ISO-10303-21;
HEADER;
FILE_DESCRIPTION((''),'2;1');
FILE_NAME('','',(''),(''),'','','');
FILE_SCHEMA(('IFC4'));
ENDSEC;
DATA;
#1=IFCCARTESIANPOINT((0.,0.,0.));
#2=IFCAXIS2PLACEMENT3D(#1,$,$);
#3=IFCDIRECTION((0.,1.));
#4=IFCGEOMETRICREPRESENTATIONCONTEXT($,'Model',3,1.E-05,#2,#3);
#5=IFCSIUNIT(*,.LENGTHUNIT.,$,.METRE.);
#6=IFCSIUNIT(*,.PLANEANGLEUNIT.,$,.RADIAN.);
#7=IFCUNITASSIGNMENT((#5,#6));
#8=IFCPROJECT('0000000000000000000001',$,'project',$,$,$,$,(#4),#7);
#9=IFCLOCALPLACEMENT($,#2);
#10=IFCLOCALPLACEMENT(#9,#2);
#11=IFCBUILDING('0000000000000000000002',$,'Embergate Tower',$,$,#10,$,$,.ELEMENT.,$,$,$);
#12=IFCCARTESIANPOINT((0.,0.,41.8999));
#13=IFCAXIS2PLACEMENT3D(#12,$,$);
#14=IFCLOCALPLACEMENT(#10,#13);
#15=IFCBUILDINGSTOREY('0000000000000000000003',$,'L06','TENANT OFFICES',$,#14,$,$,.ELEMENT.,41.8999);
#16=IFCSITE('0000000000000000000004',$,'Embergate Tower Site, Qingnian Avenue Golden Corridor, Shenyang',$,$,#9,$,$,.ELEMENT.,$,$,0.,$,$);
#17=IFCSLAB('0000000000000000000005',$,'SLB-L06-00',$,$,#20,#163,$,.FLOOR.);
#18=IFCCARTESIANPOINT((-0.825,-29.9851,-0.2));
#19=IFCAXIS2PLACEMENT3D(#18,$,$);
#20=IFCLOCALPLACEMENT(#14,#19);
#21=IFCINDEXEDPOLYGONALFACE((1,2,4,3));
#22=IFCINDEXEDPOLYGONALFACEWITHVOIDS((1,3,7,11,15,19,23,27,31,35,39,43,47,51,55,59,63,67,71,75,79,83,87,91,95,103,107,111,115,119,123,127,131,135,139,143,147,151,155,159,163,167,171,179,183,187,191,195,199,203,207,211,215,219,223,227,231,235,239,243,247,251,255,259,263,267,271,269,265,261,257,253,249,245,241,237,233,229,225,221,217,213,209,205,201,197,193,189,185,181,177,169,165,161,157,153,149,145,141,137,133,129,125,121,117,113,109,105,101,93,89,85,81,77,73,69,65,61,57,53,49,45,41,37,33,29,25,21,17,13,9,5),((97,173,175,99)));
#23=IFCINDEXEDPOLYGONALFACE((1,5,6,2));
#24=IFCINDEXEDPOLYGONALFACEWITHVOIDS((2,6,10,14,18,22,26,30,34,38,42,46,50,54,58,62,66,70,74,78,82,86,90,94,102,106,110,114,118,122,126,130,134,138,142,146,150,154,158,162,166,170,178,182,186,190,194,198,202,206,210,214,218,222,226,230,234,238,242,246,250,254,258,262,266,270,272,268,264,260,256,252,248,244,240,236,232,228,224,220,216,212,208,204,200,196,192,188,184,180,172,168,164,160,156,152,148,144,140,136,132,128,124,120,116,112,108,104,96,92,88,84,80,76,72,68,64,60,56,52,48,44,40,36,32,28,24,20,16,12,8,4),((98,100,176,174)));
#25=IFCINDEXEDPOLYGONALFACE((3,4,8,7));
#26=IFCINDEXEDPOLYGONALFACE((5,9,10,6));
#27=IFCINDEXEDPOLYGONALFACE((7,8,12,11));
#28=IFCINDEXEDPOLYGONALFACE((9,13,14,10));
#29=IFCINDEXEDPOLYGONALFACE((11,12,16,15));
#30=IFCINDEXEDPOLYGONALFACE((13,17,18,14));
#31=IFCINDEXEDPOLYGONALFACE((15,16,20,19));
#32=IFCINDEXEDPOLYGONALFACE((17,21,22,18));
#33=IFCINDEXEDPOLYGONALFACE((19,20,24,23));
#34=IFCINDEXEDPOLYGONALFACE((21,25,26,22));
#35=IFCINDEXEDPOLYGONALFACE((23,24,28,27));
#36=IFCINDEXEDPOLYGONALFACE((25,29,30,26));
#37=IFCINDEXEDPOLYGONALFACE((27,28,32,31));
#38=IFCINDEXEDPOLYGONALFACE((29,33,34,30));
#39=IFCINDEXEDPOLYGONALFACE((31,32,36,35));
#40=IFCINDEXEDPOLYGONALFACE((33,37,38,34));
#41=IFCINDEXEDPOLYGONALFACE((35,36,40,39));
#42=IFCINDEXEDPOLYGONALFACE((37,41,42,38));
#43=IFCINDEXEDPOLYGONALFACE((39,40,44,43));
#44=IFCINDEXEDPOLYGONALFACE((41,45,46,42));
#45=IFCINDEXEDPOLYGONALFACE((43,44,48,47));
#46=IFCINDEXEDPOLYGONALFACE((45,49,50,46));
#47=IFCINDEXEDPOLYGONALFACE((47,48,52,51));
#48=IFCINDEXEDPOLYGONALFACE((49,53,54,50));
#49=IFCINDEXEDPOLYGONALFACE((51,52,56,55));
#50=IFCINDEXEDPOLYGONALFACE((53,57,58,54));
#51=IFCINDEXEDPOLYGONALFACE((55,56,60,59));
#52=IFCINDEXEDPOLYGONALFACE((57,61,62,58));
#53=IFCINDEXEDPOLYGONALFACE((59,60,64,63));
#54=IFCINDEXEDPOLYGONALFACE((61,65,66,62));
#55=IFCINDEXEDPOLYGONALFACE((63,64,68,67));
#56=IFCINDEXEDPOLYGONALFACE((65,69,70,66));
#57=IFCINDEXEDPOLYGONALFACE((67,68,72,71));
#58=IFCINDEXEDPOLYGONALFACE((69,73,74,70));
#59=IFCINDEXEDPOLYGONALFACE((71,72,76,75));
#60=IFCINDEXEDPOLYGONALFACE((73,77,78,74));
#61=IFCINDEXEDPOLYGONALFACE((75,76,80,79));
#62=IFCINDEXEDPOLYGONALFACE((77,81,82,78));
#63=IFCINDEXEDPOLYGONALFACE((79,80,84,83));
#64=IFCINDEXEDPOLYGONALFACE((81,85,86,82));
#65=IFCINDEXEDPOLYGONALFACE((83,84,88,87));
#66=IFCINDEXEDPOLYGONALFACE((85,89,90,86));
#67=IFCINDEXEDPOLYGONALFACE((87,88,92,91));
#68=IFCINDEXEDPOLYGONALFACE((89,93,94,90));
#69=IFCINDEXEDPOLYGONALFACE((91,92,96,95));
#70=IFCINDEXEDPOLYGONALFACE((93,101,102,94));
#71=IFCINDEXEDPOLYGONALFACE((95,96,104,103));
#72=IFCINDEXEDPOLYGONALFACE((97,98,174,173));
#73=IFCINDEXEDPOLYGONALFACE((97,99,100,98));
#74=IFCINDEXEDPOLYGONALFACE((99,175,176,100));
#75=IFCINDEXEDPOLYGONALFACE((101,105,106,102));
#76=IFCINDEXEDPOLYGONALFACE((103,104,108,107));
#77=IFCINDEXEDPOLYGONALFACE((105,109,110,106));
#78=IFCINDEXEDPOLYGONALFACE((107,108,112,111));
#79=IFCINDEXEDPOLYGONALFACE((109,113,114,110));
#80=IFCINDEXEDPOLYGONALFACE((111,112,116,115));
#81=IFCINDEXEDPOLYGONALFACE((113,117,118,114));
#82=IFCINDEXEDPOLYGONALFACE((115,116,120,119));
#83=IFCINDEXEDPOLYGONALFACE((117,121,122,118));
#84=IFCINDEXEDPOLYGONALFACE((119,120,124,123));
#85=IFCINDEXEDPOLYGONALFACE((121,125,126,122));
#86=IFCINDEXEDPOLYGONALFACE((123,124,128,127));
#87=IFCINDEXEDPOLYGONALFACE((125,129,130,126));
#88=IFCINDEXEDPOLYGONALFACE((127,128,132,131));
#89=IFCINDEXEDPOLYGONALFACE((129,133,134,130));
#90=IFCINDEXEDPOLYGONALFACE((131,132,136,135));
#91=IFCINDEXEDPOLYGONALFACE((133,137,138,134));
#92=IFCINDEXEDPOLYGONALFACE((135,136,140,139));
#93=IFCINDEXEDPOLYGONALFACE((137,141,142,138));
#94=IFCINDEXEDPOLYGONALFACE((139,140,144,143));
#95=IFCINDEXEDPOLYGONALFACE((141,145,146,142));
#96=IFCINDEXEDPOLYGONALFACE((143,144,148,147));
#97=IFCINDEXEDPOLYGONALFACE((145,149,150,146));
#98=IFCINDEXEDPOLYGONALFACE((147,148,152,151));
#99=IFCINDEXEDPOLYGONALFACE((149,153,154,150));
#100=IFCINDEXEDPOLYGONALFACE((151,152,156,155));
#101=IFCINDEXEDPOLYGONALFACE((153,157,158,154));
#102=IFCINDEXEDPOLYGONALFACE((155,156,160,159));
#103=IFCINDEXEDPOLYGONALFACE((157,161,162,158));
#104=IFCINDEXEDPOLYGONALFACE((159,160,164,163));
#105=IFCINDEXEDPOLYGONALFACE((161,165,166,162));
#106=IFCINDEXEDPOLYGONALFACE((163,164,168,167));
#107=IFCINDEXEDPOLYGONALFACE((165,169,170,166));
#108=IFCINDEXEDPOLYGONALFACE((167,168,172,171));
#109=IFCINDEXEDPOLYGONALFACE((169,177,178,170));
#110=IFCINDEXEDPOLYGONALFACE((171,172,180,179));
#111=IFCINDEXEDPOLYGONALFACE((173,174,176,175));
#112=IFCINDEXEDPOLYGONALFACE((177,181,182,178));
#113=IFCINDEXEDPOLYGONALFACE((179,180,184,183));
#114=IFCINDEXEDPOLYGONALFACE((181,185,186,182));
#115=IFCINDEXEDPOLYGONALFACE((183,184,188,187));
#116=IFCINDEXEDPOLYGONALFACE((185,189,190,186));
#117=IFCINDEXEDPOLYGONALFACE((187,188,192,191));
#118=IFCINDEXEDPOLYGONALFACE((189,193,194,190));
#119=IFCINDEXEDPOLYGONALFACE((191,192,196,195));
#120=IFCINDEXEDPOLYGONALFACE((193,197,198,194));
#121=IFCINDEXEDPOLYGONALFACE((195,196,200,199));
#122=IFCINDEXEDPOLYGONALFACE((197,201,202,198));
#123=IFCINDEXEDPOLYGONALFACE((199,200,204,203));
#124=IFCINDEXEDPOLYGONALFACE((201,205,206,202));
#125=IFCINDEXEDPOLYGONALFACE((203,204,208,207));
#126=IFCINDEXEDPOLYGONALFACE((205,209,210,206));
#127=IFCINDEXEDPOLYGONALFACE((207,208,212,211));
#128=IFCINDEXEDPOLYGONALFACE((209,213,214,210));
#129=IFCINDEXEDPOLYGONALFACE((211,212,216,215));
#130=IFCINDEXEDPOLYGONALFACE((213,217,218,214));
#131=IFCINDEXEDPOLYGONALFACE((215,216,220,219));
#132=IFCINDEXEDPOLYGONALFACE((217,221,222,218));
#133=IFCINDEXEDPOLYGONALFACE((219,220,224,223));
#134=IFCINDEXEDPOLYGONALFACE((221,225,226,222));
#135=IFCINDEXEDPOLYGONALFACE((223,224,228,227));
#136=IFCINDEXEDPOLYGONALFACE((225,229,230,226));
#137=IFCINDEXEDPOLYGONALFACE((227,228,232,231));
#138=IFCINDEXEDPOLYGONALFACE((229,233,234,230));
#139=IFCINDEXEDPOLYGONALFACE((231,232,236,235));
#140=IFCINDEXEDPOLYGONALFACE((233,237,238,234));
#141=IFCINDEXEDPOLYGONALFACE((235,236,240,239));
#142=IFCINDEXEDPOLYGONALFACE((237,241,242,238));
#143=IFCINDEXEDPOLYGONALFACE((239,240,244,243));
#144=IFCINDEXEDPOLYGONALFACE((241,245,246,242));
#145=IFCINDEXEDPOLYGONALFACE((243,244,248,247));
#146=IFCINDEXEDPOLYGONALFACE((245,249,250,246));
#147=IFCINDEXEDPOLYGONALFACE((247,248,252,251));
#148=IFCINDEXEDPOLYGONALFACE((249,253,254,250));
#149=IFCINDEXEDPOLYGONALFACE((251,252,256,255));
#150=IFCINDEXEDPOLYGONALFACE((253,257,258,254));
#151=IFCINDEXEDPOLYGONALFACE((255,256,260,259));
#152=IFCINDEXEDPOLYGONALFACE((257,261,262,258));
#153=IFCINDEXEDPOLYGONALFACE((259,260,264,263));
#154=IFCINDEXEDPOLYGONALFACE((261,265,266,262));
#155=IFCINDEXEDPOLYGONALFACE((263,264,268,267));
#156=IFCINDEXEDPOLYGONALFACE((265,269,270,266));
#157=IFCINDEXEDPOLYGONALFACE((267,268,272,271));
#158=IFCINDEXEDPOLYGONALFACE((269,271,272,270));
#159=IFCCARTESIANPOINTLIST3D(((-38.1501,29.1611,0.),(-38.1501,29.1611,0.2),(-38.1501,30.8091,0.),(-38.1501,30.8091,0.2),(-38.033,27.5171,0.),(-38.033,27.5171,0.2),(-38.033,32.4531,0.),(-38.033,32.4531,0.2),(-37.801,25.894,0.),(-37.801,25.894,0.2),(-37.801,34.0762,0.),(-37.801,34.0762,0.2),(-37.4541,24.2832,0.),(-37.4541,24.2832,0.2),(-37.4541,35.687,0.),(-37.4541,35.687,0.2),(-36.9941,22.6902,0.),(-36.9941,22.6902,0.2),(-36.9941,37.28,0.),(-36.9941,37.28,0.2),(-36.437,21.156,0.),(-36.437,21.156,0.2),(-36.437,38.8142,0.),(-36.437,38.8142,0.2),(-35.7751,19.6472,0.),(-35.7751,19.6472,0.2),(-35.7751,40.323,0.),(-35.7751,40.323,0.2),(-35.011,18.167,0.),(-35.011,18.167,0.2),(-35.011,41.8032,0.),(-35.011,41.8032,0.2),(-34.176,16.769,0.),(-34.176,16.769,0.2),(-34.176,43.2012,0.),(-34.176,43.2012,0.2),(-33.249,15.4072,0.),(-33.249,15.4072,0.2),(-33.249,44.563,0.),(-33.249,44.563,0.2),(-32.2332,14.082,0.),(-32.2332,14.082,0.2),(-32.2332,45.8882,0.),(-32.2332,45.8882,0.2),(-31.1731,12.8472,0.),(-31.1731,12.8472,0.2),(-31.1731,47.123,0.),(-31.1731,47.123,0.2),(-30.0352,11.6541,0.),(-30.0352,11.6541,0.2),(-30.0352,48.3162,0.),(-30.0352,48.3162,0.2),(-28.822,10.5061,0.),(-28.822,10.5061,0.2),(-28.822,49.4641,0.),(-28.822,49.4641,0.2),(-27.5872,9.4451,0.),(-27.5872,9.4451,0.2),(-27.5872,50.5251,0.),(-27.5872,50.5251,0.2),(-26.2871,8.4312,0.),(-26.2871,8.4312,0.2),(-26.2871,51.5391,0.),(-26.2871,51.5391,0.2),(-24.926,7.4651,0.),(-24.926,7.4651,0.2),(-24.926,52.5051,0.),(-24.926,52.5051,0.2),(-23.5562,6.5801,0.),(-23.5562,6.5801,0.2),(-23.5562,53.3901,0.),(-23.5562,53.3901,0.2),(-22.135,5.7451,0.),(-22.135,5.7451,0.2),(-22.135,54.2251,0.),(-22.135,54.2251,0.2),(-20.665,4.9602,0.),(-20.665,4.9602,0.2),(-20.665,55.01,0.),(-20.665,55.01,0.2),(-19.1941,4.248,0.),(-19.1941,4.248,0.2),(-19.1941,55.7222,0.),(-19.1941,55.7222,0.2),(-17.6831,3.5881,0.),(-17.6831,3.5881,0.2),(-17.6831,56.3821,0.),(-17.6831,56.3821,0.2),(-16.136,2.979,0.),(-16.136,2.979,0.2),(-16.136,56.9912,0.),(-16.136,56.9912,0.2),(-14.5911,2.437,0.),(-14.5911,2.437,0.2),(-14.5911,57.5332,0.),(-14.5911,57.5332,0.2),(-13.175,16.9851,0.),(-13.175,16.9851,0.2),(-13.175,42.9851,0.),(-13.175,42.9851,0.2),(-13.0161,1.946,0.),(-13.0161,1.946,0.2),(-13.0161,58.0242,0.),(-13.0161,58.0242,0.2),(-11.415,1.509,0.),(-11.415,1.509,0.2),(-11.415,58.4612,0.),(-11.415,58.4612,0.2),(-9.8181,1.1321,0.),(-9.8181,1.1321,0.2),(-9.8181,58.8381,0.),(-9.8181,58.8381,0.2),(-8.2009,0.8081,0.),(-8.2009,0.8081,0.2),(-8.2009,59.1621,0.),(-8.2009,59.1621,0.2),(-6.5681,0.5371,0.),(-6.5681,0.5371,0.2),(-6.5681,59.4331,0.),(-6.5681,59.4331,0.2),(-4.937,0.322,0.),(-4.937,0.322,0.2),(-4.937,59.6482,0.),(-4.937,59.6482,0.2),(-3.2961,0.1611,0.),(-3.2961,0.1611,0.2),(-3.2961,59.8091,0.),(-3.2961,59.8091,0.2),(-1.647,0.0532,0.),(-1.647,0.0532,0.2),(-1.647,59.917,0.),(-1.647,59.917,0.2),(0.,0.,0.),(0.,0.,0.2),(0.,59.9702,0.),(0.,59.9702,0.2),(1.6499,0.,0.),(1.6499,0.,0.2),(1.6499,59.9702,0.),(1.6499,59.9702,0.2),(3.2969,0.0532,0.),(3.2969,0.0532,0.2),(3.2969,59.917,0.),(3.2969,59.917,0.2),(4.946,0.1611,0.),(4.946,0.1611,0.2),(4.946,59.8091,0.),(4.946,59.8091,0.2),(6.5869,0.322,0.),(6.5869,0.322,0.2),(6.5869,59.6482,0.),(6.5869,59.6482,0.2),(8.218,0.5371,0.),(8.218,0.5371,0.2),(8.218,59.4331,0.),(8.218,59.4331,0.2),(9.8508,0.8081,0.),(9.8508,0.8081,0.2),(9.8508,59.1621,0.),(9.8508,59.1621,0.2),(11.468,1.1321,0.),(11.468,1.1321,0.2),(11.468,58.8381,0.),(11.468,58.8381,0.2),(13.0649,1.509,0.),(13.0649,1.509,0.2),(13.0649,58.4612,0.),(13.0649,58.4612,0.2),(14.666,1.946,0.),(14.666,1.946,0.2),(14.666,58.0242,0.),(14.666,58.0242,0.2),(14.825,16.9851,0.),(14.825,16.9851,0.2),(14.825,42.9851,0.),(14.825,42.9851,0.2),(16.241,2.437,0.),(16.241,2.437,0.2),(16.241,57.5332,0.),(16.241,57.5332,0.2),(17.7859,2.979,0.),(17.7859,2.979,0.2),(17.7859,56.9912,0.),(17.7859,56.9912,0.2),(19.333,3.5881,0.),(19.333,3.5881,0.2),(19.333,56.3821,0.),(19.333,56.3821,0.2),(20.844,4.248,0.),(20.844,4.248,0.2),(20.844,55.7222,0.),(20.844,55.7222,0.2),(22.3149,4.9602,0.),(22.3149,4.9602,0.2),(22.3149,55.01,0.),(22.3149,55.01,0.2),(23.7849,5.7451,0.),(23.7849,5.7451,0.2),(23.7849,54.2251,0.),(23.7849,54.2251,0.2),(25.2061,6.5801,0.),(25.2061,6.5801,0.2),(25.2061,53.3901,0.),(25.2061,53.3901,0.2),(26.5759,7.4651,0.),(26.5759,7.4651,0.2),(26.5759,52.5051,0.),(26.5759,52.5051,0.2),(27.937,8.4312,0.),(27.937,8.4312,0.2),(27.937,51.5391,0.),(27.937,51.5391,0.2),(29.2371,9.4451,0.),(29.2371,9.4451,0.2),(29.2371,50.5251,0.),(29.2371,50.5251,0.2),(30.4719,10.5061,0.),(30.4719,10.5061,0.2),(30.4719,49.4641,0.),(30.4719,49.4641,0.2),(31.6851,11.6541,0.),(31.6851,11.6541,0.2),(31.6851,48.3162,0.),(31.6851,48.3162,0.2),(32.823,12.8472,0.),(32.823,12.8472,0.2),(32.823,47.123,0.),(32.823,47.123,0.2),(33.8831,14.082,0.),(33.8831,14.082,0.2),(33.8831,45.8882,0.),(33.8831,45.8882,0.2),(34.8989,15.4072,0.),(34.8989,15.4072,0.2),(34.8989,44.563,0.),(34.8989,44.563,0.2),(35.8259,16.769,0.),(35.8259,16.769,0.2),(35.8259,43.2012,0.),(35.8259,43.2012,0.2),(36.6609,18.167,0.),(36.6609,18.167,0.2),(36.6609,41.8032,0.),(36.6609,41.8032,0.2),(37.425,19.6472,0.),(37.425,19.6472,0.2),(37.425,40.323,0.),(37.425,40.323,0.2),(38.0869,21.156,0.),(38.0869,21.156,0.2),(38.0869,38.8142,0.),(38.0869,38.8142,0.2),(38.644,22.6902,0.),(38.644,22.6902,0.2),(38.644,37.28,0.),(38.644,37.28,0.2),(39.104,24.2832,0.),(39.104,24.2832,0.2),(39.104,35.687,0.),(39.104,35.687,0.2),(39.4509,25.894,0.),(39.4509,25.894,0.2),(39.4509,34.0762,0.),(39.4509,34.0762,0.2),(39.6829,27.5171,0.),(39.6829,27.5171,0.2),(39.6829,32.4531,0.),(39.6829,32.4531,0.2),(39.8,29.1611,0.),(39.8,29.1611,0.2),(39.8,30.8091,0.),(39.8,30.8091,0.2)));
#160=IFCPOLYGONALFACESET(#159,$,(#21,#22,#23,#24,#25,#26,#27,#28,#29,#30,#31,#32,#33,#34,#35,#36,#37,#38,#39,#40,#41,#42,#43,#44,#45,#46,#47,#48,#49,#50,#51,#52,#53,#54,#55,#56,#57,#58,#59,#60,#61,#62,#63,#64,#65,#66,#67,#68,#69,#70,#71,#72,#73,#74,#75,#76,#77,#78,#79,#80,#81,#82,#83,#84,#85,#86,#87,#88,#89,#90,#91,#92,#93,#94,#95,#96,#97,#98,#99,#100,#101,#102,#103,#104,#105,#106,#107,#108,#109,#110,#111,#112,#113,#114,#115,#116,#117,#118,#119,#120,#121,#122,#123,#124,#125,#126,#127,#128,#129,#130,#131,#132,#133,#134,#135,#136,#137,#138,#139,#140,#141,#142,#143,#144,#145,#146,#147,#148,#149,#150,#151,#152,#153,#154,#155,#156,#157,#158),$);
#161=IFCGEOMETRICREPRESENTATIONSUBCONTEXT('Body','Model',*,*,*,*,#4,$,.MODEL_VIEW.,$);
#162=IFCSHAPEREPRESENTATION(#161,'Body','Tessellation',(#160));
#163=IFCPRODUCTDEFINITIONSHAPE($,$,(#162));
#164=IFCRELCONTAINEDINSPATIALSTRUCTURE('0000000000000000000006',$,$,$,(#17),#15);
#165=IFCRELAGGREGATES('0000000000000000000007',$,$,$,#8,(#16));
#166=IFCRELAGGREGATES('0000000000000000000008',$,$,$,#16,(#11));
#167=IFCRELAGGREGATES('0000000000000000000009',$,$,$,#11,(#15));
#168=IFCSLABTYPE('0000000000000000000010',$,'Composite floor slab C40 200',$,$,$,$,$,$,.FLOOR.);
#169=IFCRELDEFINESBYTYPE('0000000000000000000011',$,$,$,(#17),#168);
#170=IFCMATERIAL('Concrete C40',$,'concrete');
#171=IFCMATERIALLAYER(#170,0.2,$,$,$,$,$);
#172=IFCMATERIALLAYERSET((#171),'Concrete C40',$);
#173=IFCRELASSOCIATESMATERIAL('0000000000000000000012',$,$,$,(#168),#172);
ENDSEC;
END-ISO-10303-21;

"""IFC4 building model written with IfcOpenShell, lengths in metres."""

from ifc_helpers import new_model, si_unit, direction, frame, origin, place, context, subcontext, project, spatial, polyline, outline, extrude, source, transform, mapped, material, layer, layer_set, type_object, element, save


model = new_model("IFC4")

# Units and contexts
model_context = context("Model", 3, precision=1e-05, world=origin(), true_north=direction((0.0, 1.0)))
body_context = subcontext(model_context, "Body", "Model", "MODEL_VIEW")
ifc_project = project(units=[si_unit("LENGTHUNIT", "METRE"), si_unit("PLANEANGLEUNIT", "RADIAN")], contexts=[model_context])

# Site, building, storey
site_placement = place(None, origin())
site = spatial("IfcSite", under=ifc_project, at=site_placement, Name="Embergate Tower Site, Qingnian Avenue Golden Corridor, Shenyang", CompositionType="ELEMENT", RefElevation=0.0)
building_placement = place(site_placement, origin())
building = spatial("IfcBuilding", under=site, at=building_placement, Name="Embergate Tower", CompositionType="ELEMENT")
storey_placement = place(building_placement, frame((0.0, 0.0, 41.8999)))
storey = spatial("IfcBuildingStorey", under=building, at=storey_placement, Name="L06", Description="TENANT OFFICES", CompositionType="ELEMENT", Elevation=41.8999)

# Slab
ifc_material_1 = material(Name="Concrete C40", Category="concrete")
ifc_layer_1 = layer(ifc_material_1, 0.2)
ifc_layer_set_1 = layer_set([ifc_layer_1], Name="Concrete C40")
slab_type = type_object("IfcSlabType", Name="Composite floor slab C40 200", PredefinedType="FLOOR", material=ifc_layer_set_1)
shared_shape_1 = source(origin(), body_context, "Body", "SweptSolid", [
    extrude(outline(polyline([(0.0, 0.0), (1.6499, 0.0), (3.2969, 0.0532), (4.946, 0.1611), (6.5869, 0.322), (8.218, 0.5371), (9.8508, 0.8081), (11.468, 1.1321), (13.0649, 1.509), (14.666, 1.946), (16.241, 2.437), (17.7859, 2.979), (19.333, 3.5881), (20.844, 4.248), (22.3149, 4.9602), (23.7849, 5.7451), (25.2061, 6.5801), (26.5759, 7.4651), (27.937, 8.4312), (29.2371, 9.4451), (30.4719, 10.5061), (31.6851, 11.6541), (32.823, 12.8472), (33.8831, 14.082), (34.8989, 15.4072), (35.8259, 16.769), (36.6609, 18.167), (37.425, 19.6472), (38.0869, 21.156), (38.644, 22.6902), (39.104, 24.2832), (39.4509, 25.894), (39.6829, 27.5171), (39.8, 29.1611), (39.8, 30.8091), (39.6829, 32.4531), (39.4509, 34.0762), (39.104, 35.687), (38.644, 37.28), (38.0869, 38.8142), (37.425, 40.323), (36.6609, 41.8032), (35.8259, 43.2012), (34.8989, 44.563), (33.8831, 45.8882), (32.823, 47.123), (31.6851, 48.3162), (30.4719, 49.4641), (29.2371, 50.5251), (27.937, 51.5391), (26.5759, 52.5051), (25.2061, 53.3901), (23.7849, 54.2251), (22.3149, 55.01), (20.844, 55.7222), (19.333, 56.3821), (17.7859, 56.9912), (16.241, 57.5332), (14.666, 58.0242), (13.0649, 58.4612), (11.468, 58.8381), (9.8508, 59.1621), (8.218, 59.4331), (6.5869, 59.6482), (4.946, 59.8091), (3.2969, 59.917), (1.6499, 59.9702), (0.0, 59.9702), (-1.647, 59.917), (-3.2961, 59.8091), (-4.937, 59.6482), (-6.5681, 59.4331), (-8.2009, 59.1621), (-9.8181, 58.8381), (-11.415, 58.4612), (-13.0161, 58.0242), (-14.5911, 57.5332), (-16.136, 56.9912), (-17.6831, 56.3821), (-19.1941, 55.7222), (-20.665, 55.01), (-22.135, 54.2251), (-23.5562, 53.3901), (-24.926, 52.5051), (-26.2871, 51.5391), (-27.5872, 50.5251), (-28.822, 49.4641), (-30.0352, 48.3162), (-31.1731, 47.123), (-32.2332, 45.8882), (-33.249, 44.563), (-34.176, 43.2012), (-35.011, 41.8032), (-35.7751, 40.323), (-36.437, 38.8142), (-36.9941, 37.28), (-37.4541, 35.687), (-37.801, 34.0762), (-38.033, 32.4531), (-38.1501, 30.8091), (-38.1501, 29.1611), (-38.033, 27.5171), (-37.801, 25.894), (-37.4541, 24.2832), (-36.9941, 22.6902), (-36.437, 21.156), (-35.7751, 19.6472), (-35.011, 18.167), (-34.176, 16.769), (-33.249, 15.4072), (-32.2332, 14.082), (-31.1731, 12.8472), (-30.0352, 11.6541), (-28.822, 10.5061), (-27.5872, 9.4451), (-26.2871, 8.4312), (-24.926, 7.4651), (-23.5562, 6.5801), (-22.135, 5.7451), (-20.665, 4.9602), (-19.1941, 4.248), (-17.6831, 3.5881), (-16.136, 2.979), (-14.5911, 2.437), (-13.0161, 1.946), (-11.415, 1.509), (-9.8181, 1.1321), (-8.2009, 0.8081), (-6.5681, 0.5371), (-4.937, 0.322), (-3.2961, 0.1611), (-1.647, 0.0532), (0.0, 0.0)]), holes=[polyline([(-13.175, 16.9851), (-13.175, 42.9851), (14.825, 42.9851), (14.825, 16.9851), (-13.175, 16.9851)])]), origin(), (0.0, 0.0, 1.0), 0.2),
])
slab_placement = place(storey_placement, frame((-0.825, -29.9851, -0.2)))
element("IfcSlab", 1, at=slab_placement, inside=storey, type_object=slab_type, Name="SLB-L06-00", PredefinedType="FLOOR", context=body_context, shape_type="MappedRepresentation", body=[
    mapped(shared_shape_1, transform((0.0, 0.0, 0.0))),
])

save(model, "model.ifc")
